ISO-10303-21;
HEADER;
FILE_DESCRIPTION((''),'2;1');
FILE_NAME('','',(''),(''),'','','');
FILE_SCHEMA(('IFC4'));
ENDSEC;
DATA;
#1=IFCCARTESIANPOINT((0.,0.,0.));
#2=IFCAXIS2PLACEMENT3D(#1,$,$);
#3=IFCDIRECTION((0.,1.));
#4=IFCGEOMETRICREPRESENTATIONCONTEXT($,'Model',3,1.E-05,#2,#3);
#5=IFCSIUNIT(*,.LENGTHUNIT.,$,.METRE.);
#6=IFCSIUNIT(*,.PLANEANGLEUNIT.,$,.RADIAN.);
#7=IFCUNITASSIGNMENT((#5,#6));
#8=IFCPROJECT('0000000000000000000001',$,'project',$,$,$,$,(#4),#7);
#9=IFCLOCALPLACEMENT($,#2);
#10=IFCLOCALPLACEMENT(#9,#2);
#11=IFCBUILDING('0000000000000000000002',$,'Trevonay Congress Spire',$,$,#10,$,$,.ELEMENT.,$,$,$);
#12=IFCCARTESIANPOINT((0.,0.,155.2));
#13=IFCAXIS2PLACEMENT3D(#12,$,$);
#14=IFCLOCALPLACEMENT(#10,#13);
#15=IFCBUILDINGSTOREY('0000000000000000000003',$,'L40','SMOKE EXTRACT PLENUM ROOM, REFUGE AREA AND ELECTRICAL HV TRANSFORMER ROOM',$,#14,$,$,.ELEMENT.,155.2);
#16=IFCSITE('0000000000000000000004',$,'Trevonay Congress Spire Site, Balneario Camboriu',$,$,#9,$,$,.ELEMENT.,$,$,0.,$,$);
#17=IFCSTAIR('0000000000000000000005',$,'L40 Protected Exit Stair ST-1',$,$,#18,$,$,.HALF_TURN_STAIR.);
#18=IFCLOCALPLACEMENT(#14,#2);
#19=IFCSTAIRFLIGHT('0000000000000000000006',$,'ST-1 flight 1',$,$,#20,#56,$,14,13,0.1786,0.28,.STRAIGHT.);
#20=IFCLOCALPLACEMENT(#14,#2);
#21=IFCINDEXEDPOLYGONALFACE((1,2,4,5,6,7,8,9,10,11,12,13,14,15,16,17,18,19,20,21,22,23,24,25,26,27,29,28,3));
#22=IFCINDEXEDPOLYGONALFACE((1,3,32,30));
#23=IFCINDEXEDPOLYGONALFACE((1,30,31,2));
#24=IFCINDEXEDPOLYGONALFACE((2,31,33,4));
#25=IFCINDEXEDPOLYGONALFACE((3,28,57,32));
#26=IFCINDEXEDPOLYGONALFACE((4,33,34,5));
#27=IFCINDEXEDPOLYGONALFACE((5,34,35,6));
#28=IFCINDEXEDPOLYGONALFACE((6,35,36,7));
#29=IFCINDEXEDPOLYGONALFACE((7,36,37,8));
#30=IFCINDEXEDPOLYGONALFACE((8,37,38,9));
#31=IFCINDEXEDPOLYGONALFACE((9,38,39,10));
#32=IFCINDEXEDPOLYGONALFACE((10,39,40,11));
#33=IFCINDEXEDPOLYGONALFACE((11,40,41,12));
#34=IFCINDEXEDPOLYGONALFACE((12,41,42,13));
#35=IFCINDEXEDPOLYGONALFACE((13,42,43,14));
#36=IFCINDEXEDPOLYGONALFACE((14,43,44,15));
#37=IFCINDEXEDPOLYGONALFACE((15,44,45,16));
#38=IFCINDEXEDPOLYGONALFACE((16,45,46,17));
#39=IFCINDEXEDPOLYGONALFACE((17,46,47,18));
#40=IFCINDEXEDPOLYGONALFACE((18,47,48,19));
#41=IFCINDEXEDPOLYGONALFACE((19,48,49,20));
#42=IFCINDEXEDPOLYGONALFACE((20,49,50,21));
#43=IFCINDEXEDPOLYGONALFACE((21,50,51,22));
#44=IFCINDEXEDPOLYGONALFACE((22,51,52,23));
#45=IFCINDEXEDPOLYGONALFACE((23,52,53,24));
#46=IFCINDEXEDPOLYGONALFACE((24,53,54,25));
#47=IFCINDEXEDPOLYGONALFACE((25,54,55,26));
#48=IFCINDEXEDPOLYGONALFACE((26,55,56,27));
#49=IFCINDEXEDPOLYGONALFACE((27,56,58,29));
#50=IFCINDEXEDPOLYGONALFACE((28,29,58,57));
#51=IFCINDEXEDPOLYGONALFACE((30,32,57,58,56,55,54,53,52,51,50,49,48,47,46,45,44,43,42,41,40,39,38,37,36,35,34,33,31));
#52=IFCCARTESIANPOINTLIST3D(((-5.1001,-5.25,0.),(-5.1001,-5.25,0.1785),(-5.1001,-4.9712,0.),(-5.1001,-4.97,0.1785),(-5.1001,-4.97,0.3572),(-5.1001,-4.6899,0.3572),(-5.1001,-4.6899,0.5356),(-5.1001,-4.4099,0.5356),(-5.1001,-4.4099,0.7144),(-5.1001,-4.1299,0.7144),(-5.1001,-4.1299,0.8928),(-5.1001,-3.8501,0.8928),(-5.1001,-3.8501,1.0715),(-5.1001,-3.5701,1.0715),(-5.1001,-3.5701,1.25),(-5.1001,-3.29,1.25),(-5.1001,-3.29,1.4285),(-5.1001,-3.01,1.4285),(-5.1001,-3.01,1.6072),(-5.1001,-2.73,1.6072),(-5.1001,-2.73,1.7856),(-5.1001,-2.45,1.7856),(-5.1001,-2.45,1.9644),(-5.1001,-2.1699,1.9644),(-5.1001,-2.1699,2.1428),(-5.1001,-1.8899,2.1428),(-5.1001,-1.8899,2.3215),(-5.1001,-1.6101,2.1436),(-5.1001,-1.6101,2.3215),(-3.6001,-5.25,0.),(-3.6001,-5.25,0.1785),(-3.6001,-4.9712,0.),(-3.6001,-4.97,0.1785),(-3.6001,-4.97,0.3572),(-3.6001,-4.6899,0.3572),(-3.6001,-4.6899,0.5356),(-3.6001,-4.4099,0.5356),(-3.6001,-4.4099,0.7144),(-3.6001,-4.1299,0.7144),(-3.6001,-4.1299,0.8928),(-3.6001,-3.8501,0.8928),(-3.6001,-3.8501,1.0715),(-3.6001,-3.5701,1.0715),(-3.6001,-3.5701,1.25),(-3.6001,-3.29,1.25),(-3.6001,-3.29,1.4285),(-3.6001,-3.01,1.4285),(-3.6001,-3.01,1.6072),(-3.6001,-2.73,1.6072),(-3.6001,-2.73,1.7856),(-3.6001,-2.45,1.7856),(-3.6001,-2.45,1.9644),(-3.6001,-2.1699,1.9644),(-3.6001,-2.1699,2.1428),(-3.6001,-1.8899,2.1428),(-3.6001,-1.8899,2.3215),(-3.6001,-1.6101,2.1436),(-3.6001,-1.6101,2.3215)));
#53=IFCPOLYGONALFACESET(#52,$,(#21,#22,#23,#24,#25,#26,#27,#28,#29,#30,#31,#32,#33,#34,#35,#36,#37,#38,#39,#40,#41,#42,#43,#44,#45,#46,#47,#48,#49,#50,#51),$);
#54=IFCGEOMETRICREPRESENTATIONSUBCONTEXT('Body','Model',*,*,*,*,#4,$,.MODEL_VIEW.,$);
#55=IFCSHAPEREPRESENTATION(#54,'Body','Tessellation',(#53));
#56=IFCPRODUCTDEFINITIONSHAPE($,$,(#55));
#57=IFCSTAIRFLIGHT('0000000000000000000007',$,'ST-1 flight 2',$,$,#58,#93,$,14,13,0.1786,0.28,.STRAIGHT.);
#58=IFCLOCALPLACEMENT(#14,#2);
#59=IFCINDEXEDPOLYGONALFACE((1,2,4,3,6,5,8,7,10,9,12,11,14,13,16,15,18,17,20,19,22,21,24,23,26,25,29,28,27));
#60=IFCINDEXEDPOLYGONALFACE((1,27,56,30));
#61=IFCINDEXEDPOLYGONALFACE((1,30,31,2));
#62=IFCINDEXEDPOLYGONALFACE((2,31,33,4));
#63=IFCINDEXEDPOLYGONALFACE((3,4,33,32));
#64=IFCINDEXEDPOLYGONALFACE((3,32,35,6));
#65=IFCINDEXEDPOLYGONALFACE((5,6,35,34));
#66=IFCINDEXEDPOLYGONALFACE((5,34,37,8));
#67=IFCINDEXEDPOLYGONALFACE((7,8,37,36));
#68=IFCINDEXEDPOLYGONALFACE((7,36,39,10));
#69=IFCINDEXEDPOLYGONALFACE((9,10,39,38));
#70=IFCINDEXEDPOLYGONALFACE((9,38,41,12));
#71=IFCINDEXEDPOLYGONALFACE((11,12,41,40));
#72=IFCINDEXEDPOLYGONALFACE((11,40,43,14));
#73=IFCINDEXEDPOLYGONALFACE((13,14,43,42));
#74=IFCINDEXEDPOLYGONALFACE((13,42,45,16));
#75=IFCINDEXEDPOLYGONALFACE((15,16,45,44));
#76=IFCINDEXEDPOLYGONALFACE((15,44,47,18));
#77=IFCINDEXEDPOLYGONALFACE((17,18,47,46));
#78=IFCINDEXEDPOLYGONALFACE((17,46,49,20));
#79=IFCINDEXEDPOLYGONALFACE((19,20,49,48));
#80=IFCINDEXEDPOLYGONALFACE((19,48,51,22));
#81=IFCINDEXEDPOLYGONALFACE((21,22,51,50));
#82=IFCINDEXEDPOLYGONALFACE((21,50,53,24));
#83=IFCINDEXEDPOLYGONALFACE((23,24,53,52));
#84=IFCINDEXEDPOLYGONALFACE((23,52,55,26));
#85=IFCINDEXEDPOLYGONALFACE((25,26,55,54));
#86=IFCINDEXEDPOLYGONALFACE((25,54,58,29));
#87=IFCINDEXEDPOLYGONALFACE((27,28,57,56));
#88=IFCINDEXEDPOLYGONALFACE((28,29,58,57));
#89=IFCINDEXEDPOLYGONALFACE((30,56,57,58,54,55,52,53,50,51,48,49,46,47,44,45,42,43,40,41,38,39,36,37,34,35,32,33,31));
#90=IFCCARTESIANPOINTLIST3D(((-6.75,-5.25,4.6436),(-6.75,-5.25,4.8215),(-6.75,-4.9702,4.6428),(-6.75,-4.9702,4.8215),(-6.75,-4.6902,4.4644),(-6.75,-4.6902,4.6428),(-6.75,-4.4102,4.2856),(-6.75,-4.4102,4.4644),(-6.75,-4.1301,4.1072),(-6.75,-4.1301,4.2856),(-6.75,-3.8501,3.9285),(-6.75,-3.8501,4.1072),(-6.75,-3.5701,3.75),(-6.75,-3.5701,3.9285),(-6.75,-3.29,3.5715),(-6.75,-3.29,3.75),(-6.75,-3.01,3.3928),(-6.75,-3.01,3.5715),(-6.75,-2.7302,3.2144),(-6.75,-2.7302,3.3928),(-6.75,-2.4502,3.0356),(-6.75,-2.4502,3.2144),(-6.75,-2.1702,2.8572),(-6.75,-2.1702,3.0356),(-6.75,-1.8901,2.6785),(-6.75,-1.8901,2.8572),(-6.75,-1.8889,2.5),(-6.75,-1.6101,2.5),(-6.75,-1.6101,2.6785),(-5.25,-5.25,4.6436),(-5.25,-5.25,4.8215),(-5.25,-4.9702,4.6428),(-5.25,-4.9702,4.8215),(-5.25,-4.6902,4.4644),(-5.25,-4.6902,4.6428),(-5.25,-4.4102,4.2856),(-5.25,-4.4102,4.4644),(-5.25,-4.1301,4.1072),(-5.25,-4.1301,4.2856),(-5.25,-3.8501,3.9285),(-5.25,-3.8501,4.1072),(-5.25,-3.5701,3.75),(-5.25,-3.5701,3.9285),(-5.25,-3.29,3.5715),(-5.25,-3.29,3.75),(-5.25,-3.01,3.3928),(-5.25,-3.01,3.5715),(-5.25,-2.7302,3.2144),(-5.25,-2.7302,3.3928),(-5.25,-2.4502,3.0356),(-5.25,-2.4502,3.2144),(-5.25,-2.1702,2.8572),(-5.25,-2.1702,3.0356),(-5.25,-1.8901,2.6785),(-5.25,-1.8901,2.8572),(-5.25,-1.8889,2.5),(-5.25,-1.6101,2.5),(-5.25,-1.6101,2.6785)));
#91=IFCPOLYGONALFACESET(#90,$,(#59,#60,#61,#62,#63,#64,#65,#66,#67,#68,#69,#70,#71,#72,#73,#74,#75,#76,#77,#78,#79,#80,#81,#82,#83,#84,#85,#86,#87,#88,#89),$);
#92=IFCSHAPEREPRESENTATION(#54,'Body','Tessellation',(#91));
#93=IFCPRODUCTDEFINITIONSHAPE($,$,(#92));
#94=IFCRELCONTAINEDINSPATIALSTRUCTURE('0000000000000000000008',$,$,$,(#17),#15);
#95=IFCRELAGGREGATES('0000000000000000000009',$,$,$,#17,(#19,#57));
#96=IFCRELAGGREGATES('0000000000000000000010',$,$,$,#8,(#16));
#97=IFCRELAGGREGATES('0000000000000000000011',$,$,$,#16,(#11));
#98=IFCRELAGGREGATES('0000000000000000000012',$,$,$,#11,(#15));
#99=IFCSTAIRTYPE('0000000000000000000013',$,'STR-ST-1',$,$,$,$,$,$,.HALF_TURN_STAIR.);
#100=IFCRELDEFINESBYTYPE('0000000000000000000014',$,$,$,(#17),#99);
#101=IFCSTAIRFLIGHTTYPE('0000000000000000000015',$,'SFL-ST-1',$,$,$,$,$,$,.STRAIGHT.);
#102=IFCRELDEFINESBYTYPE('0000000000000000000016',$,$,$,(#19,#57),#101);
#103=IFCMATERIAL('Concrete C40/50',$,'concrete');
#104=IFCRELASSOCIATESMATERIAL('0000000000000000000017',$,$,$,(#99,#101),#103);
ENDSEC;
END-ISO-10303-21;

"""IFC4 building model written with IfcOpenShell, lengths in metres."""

from ifc_helpers import new_model, si_unit, direction, frame, origin, place, context, subcontext, project, spatial, polyline, outline, extrude, material, type_object, element, aggregate, save


model = new_model("IFC4")

# Units and contexts
model_context = context("Model", 3, precision=1e-05, world=origin(), true_north=direction((0.0, 1.0)))
body_context = subcontext(model_context, "Body", "Model", "MODEL_VIEW")
ifc_project = project(units=[si_unit("LENGTHUNIT", "METRE"), si_unit("PLANEANGLEUNIT", "RADIAN")], contexts=[model_context])

# Site, building, storey
site_placement = place(None, origin())
site = spatial("IfcSite", under=ifc_project, at=site_placement, Name="Trevonay Congress Spire Site, Balneario Camboriu", CompositionType="ELEMENT", RefElevation=0.0)
building_placement = place(site_placement, origin())
building = spatial("IfcBuilding", under=site, at=building_placement, Name="Trevonay Congress Spire", CompositionType="ELEMENT")
storey_placement = place(building_placement, frame((0.0, 0.0, 155.2)))
storey = spatial("IfcBuildingStorey", under=building, at=storey_placement, Name="L40", Description="SMOKE EXTRACT PLENUM ROOM, REFUGE AREA AND ELECTRICAL HV TRANSFORMER ROOM", CompositionType="ELEMENT", Elevation=155.2)

# Shared definitions
ifc_material_1 = material(Name="Concrete C40/50", Category="concrete")

# Stair, stair flights
stair_type = type_object("IfcStairType", Name="STR-ST-1", PredefinedType="HALF_TURN_STAIR", material=ifc_material_1)
stair_placement = place(storey_placement, origin())
stair = element("IfcStair", 1, at=stair_placement, inside=storey, type_object=stair_type, Name="L40 Protected Exit Stair ST-1", PredefinedType="HALF_TURN_STAIR")
stair_flight_type = type_object("IfcStairFlightType", Name="SFL-ST-1", PredefinedType="STRAIGHT", material=ifc_material_1)
stair_flight_1_placement = place(storey_placement, frame((-4.3501, -5.25, 0.0), z_axis=(0.0, 0.0, 1.0), x_axis=(0.0, 1.0, 0.0)))
stair_flight_1 = element("IfcStairFlight", 2, at=stair_flight_1_placement, type_object=stair_flight_type, Name="ST-1 flight 1", NumberOfRisers=14, NumberOfTreads=13, PredefinedType="STRAIGHT", RiserHeight=0.1786, TreadLength=0.28, context=body_context, shape_type="SweptSolid", body=[
    extrude(outline(polyline([(0.0, 0.0), (0.0, 0.1785), (0.28, 0.1785), (0.28, 0.3572), (0.5601, 0.3572), (0.5601, 0.5356), (0.8401, 0.5356), (0.8401, 0.7144), (1.1201, 0.7144), (1.1201, 0.8928), (1.3999, 0.8928), (1.3999, 1.0715), (1.6799, 1.0715), (1.6799, 1.25), (1.96, 1.25), (1.96, 1.4285), (2.24, 1.4285), (2.24, 1.6072), (2.52, 1.6072), (2.52, 1.7856), (2.8, 1.7856), (2.8, 1.9644), (3.0801, 1.9644), (3.0801, 2.1428), (3.3601, 2.1428), (3.3601, 2.3215), (3.6399, 2.3215), (3.6399, 2.5), (3.6399, 2.1436), (0.2788, 0.0), (0.0, 0.0)])), frame((0.0, 0.75, 0.0), z_axis=(0.0, -1.0, 0.0), x_axis=(1.0, 0.0, 0.0)), (0.0, 0.0, 1.0), 1.5),
])
stair_flight_2_placement = place(storey_placement, frame((-6.0, -1.6101, 2.5), z_axis=(0.0, 0.0, 1.0), x_axis=(0.0, -1.0, 0.0)))
stair_flight_2 = element("IfcStairFlight", 3, at=stair_flight_2_placement, type_object=stair_flight_type, Name="ST-1 flight 2", NumberOfRisers=14, NumberOfTreads=13, PredefinedType="STRAIGHT", RiserHeight=0.1786, TreadLength=0.28, context=body_context, shape_type="SweptSolid", body=[
    extrude(outline(polyline([(0.0, 0.0), (0.0, 0.1785), (0.28, 0.1785), (0.28, 0.3572), (0.5601, 0.3572), (0.5601, 0.5356), (0.8401, 0.5356), (0.8401, 0.7144), (1.1201, 0.7144), (1.1201, 0.8928), (1.3999, 0.8928), (1.3999, 1.0715), (1.6799, 1.0715), (1.6799, 1.25), (1.96, 1.25), (1.96, 1.4285), (2.24, 1.4285), (2.24, 1.6072), (2.52, 1.6072), (2.52, 1.7856), (2.8, 1.7856), (2.8, 1.9644), (3.0801, 1.9644), (3.0801, 2.1428), (3.3601, 2.1428), (3.3601, 2.3215), (3.6399, 2.3215), (3.6399, 2.5), (3.6399, 2.1436), (0.2788, 0.0), (0.0, 0.0)])), frame((0.0, 0.75, 0.0), z_axis=(0.0, -1.0, 0.0), x_axis=(1.0, 0.0, 0.0)), (0.0, 0.0, 1.0), 1.5),
])
aggregate(stair, [stair_flight_1, stair_flight_2])

save(model, "model.ifc")
